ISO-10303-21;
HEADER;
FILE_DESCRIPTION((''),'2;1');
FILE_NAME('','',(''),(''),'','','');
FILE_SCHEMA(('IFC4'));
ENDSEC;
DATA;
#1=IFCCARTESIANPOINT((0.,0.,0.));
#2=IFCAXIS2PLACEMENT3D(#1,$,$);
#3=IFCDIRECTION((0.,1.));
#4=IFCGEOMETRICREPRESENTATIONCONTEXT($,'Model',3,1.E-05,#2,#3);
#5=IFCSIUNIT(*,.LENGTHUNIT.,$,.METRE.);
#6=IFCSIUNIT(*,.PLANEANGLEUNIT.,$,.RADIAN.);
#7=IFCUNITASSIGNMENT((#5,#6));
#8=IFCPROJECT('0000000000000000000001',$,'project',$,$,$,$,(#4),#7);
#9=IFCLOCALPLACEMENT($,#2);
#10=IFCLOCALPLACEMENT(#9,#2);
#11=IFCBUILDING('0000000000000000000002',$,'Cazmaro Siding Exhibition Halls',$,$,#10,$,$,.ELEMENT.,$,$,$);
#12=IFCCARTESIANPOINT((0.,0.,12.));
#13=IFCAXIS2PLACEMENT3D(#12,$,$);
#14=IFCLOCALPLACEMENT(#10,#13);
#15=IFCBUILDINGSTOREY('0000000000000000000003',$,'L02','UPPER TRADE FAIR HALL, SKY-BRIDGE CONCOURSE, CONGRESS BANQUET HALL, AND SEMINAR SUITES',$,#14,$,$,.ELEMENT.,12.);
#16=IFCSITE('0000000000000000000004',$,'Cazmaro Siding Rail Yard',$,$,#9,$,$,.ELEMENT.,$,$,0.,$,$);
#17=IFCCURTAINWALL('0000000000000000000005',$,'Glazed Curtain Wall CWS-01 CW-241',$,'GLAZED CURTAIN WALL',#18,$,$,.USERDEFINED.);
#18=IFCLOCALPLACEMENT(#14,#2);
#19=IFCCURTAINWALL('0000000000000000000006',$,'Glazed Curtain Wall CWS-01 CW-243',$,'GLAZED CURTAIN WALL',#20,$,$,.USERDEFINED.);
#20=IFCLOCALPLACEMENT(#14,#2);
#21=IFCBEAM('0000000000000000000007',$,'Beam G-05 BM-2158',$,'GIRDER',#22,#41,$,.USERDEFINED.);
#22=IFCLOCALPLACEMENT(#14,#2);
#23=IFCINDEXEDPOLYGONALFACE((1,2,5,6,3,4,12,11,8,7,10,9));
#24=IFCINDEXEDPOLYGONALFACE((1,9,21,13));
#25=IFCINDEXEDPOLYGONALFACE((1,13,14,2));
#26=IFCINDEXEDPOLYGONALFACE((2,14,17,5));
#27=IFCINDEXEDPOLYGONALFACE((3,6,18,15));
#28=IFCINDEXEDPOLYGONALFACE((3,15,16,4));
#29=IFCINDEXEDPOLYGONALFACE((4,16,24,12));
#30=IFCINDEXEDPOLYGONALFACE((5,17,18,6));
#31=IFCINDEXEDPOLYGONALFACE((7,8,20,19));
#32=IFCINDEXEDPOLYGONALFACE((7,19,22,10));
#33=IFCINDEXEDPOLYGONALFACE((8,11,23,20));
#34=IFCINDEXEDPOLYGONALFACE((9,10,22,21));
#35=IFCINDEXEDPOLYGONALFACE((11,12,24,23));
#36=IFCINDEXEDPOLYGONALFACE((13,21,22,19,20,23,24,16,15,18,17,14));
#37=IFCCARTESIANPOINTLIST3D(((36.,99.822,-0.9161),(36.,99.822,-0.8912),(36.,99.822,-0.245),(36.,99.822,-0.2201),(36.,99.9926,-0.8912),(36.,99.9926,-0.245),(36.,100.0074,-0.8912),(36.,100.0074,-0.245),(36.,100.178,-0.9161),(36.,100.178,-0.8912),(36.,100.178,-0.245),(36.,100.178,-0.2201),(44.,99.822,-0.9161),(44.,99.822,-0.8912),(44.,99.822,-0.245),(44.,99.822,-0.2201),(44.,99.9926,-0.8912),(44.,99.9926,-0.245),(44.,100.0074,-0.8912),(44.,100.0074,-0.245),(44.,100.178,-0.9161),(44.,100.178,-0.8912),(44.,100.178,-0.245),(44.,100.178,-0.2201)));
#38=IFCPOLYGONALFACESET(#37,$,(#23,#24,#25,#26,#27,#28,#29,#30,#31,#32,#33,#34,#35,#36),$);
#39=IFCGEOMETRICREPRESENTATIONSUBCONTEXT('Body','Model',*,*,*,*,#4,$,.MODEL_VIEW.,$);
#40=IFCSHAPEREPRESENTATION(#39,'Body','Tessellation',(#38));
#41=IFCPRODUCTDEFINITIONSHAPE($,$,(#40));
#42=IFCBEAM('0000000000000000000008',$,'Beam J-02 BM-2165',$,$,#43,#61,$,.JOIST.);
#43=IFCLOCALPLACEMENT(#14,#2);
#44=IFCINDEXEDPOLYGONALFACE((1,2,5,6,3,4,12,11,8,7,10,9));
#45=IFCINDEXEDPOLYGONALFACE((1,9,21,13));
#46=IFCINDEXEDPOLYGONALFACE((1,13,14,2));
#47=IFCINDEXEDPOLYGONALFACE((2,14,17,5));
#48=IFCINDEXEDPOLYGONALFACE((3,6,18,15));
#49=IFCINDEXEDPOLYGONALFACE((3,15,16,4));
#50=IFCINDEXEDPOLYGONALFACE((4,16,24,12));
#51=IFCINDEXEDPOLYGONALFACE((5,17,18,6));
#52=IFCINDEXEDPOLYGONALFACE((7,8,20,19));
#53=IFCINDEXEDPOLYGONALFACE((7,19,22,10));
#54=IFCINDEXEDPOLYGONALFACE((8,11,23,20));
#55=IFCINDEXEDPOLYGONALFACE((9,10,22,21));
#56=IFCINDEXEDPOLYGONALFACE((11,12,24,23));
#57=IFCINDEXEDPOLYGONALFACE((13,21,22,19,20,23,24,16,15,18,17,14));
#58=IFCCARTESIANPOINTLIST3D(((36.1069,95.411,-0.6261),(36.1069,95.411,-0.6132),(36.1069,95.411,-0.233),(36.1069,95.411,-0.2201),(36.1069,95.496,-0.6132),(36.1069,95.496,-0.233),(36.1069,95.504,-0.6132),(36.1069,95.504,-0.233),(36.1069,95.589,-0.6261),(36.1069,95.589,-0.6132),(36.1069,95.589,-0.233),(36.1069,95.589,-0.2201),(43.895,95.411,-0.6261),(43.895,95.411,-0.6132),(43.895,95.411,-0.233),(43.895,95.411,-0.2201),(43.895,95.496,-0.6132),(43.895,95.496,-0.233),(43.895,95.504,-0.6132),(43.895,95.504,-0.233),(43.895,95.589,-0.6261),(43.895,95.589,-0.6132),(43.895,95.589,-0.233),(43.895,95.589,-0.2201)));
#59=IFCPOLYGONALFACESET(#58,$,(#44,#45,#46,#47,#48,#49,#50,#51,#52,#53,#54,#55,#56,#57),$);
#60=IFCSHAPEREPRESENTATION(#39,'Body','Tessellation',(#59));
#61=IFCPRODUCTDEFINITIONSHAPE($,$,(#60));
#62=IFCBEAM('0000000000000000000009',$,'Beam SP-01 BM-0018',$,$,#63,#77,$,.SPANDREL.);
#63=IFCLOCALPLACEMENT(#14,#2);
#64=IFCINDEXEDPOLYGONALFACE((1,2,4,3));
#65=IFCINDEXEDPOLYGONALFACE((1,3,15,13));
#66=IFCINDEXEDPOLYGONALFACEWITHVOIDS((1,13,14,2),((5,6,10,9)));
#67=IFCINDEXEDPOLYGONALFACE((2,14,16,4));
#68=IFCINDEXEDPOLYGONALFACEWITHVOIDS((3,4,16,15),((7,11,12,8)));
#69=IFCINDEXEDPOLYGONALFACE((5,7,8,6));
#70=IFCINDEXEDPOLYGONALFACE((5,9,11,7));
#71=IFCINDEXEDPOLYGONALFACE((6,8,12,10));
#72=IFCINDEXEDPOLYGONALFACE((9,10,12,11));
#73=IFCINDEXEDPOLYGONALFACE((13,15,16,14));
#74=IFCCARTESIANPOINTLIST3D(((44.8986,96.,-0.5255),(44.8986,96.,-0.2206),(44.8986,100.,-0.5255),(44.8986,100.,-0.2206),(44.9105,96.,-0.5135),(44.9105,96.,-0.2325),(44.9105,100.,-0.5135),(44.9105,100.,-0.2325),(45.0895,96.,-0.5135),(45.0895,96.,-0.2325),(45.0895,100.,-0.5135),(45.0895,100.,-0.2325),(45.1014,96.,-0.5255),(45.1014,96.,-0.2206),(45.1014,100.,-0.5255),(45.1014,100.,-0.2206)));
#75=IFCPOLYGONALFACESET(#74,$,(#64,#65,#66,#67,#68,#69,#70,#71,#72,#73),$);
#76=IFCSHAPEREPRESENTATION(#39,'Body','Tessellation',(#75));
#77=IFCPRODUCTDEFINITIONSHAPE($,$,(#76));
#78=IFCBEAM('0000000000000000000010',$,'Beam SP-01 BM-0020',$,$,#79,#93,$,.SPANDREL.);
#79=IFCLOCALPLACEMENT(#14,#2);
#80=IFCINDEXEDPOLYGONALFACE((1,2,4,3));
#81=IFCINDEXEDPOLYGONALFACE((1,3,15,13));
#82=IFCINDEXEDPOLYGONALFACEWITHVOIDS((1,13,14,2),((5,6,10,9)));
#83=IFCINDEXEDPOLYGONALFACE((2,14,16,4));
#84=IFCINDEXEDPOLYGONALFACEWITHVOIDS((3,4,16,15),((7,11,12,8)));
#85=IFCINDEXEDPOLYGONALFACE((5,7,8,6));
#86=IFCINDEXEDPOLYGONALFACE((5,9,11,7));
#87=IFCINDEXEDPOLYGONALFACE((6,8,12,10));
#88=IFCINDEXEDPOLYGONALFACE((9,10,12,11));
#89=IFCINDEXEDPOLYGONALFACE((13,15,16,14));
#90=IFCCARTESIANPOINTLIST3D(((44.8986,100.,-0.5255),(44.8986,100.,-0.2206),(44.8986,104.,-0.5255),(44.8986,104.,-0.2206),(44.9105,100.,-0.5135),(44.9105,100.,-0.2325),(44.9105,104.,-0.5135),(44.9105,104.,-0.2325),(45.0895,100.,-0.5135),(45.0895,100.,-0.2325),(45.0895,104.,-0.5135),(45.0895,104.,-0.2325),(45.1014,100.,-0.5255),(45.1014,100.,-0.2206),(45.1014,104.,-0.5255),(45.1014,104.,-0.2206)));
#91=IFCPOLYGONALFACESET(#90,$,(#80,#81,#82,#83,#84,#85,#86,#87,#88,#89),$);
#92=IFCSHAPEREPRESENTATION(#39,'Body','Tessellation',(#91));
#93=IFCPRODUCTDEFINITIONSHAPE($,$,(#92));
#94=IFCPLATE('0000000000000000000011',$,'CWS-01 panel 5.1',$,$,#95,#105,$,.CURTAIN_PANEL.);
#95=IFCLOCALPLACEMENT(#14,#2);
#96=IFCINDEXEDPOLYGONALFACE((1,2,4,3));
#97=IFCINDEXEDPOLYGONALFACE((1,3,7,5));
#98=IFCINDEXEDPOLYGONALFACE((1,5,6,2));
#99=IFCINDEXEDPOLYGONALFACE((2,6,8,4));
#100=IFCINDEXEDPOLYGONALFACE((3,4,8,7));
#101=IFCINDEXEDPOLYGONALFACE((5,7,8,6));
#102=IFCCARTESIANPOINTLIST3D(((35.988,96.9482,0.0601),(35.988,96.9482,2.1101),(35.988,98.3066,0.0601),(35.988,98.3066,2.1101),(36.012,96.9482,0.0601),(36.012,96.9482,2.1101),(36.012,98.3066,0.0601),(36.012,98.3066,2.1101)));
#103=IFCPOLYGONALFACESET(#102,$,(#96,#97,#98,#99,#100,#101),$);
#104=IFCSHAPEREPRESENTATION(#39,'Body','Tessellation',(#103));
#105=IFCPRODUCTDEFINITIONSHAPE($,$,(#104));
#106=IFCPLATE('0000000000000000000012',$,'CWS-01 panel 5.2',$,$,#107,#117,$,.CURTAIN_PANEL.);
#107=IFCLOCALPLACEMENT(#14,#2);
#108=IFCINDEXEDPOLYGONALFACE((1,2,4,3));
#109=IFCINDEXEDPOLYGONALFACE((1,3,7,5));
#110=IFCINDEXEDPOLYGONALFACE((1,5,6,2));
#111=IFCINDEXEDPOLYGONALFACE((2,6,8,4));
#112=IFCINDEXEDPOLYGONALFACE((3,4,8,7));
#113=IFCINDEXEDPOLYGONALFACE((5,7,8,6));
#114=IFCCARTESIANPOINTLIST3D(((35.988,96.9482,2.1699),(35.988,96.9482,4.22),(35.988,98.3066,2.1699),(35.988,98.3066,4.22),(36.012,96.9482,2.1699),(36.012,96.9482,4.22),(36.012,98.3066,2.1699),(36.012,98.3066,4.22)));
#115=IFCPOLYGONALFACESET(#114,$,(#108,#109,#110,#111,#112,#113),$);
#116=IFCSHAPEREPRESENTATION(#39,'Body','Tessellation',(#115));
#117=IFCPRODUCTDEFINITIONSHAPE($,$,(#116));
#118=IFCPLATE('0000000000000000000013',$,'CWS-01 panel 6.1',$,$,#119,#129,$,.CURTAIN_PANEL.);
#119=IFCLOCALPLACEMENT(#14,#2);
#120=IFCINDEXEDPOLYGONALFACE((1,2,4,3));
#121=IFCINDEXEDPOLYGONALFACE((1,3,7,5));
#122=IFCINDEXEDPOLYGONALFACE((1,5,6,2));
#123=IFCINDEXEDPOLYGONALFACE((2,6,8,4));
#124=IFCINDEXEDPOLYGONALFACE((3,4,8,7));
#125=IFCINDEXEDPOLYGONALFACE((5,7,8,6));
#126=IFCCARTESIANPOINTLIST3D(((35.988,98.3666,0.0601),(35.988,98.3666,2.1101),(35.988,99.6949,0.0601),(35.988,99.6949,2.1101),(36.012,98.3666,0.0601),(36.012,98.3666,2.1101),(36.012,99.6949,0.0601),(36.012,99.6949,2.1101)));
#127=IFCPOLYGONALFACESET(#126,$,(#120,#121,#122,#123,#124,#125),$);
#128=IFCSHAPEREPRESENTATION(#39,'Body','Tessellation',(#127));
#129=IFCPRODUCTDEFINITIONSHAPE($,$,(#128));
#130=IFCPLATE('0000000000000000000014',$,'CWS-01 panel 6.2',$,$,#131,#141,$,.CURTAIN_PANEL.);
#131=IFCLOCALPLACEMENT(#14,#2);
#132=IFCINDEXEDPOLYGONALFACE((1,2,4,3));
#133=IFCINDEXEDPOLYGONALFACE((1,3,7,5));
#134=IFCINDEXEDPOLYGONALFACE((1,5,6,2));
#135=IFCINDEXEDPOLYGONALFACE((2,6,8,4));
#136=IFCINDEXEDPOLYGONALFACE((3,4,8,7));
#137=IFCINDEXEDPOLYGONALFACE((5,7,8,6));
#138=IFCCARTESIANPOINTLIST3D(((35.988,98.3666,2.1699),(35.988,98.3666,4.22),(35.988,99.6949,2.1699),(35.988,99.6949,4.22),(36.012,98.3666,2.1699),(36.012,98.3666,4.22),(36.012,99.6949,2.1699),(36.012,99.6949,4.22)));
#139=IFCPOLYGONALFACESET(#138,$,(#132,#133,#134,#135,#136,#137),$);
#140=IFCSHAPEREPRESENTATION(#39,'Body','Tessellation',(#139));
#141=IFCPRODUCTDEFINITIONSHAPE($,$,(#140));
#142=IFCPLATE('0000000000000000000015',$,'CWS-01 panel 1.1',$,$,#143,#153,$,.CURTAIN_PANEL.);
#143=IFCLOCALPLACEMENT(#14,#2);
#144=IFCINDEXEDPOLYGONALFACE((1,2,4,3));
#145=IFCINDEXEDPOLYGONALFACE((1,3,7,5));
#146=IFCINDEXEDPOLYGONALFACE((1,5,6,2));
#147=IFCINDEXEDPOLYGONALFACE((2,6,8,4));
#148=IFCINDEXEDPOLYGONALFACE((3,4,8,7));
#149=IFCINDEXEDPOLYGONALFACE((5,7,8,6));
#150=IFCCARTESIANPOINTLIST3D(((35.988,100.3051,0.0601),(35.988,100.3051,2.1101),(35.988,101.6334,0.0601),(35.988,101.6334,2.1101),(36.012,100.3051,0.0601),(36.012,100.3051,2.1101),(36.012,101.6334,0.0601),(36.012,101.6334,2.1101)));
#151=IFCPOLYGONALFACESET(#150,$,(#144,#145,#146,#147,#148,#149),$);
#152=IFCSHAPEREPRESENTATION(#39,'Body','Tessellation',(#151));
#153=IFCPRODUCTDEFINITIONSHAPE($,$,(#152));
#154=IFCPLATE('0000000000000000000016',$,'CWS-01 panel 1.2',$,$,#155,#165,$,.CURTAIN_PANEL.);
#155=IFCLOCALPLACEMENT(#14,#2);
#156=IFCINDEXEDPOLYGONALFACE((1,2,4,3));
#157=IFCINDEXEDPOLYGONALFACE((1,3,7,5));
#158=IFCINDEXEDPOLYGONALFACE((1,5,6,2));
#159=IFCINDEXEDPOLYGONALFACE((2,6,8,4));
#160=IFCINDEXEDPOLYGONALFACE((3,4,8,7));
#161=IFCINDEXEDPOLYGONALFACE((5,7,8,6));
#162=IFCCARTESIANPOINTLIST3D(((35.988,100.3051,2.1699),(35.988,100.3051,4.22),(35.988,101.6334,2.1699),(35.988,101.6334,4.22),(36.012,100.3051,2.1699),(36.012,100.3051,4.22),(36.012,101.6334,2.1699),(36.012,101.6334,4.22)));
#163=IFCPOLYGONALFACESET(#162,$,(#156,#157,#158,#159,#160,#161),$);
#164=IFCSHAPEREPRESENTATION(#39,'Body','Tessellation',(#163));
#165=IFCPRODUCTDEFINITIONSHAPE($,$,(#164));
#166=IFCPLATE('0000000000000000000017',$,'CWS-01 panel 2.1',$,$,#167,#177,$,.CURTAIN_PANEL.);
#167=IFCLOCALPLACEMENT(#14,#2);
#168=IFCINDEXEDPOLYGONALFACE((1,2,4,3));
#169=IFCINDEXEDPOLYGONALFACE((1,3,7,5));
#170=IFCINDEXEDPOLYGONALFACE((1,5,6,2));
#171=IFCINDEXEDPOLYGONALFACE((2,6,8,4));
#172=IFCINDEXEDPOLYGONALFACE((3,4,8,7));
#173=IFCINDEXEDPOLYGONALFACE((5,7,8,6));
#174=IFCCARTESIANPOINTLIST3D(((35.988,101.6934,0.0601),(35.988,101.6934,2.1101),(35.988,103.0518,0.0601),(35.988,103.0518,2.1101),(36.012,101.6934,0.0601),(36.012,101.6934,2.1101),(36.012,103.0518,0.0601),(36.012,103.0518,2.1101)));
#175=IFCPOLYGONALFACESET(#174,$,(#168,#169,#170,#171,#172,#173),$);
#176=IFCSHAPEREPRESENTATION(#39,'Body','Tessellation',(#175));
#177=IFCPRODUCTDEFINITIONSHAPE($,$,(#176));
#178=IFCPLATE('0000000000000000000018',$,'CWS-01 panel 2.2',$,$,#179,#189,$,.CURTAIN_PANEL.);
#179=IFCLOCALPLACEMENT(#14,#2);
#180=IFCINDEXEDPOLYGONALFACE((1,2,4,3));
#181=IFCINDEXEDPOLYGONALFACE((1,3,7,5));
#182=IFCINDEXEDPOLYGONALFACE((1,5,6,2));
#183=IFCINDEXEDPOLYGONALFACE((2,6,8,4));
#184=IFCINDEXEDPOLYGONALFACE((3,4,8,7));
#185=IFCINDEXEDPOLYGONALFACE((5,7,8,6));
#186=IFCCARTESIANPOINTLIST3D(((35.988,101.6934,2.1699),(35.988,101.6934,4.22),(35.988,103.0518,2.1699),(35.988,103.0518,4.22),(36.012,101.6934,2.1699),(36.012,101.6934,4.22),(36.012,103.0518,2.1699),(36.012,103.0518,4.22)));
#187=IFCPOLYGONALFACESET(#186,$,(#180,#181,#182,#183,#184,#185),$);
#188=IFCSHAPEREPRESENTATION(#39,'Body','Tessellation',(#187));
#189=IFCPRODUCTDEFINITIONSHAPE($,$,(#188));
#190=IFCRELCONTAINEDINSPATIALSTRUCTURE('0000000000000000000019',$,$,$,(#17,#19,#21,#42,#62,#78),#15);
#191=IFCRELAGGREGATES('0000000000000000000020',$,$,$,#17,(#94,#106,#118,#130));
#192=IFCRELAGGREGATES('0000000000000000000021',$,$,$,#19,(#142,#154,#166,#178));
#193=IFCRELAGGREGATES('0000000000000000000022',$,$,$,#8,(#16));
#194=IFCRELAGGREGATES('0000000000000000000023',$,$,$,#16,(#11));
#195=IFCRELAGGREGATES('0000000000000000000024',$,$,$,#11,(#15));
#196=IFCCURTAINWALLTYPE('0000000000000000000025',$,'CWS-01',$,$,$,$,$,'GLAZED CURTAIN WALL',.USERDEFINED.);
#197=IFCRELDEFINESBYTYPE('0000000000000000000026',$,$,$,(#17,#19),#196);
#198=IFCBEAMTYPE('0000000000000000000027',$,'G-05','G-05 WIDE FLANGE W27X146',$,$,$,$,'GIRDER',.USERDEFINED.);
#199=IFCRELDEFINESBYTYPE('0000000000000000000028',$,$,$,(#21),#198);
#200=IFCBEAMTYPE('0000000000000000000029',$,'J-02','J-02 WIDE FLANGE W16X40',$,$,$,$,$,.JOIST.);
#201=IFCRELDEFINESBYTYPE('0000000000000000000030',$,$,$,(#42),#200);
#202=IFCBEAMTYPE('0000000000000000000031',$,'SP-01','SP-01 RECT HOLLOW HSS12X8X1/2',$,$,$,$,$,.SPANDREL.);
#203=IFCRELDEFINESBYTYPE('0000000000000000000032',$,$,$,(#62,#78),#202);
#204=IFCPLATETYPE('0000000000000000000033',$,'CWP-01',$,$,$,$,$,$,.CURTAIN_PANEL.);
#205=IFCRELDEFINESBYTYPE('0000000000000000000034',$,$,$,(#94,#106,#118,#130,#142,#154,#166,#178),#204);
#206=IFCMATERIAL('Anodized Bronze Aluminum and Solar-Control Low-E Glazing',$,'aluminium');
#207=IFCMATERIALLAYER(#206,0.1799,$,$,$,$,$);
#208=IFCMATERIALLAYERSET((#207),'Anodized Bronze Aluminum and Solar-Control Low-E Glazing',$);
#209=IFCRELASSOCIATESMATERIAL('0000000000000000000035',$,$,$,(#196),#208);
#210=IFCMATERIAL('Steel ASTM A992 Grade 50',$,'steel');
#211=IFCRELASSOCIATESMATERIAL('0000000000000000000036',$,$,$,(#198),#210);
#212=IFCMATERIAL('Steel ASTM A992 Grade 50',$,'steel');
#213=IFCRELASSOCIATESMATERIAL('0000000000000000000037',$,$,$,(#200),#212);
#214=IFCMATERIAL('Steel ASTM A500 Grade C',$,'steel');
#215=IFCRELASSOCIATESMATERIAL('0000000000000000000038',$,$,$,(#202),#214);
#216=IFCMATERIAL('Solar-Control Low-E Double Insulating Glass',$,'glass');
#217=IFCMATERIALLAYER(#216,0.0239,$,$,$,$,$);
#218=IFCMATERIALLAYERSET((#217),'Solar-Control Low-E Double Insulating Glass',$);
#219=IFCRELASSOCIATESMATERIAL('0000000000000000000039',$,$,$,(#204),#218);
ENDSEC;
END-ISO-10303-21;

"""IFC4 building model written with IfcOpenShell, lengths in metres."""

from ifc_helpers import new_model, si_unit, direction, frame, origin, origin_2d, place, context, subcontext, project, spatial, rectangle, hollow_rectangle, i_section, extrude, material, layer, layer_set, material_profile, profile_set, type_object, element, aggregate, save


model = new_model("IFC4")

# Units and contexts
model_context = context("Model", 3, precision=1e-05, world=origin(), true_north=direction((0.0, 1.0)))
body_context = subcontext(model_context, "Body", "Model", "MODEL_VIEW")
ifc_project = project(units=[si_unit("LENGTHUNIT", "METRE"), si_unit("PLANEANGLEUNIT", "RADIAN")], contexts=[model_context])

# Site, building, storey
site_placement = place(None, origin())
site = spatial("IfcSite", under=ifc_project, at=site_placement, Name="Cazmaro Siding Rail Yard", CompositionType="ELEMENT", RefElevation=0.0)
building_placement = place(site_placement, origin())
building = spatial("IfcBuilding", under=site, at=building_placement, Name="Cazmaro Siding Exhibition Halls", CompositionType="ELEMENT")
storey_placement = place(building_placement, frame((0.0, 0.0, 12.0)))
storey = spatial("IfcBuildingStorey", under=building, at=storey_placement, Name="L02", Description="UPPER TRADE FAIR HALL, SKY-BRIDGE CONCOURSE, CONGRESS BANQUET HALL, AND SEMINAR SUITES", CompositionType="ELEMENT", Elevation=12.0)

# Curtain walls
ifc_material_1 = material(Name="Anodized Bronze Aluminum and Solar-Control Low-E Glazing", Category="aluminium")
ifc_layer_1 = layer(ifc_material_1, 0.1799)
ifc_layer_set_1 = layer_set([ifc_layer_1], Name="Anodized Bronze Aluminum and Solar-Control Low-E Glazing")
curtain_wall_type = type_object("IfcCurtainWallType", Name="CWS-01", ElementType="GLAZED CURTAIN WALL", PredefinedType="USERDEFINED", material=ifc_layer_set_1)
curtain_wall_1_placement = place(storey_placement, origin())
curtain_wall_1 = element("IfcCurtainWall", 1, at=curtain_wall_1_placement, inside=storey, type_object=curtain_wall_type, Name="Glazed Curtain Wall CWS-01 CW-241", ObjectType="GLAZED CURTAIN WALL", PredefinedType="USERDEFINED")
curtain_wall_2_placement = place(storey_placement, origin())
curtain_wall_2 = element("IfcCurtainWall", 2, at=curtain_wall_2_placement, inside=storey, type_object=curtain_wall_type, Name="Glazed Curtain Wall CWS-01 CW-243", ObjectType="GLAZED CURTAIN WALL", PredefinedType="USERDEFINED")

# Beams
ifc_material_2 = material(Name="Steel ASTM A992 Grade 50", Category="steel")
ifc_material_profile_1 = material_profile(ifc_material_2, i_section(OverallWidth=0.356, OverallDepth=0.696, WebThickness=0.0149, FlangeThickness=0.0249, at=origin_2d()), Name="W27X146")
ifc_profile_set_1 = profile_set([ifc_material_profile_1], Name="Steel ASTM A992 Grade 50")
beam_type_1 = type_object("IfcBeamType", Name="G-05", Description="G-05 WIDE FLANGE W27X146", ElementType="GIRDER", PredefinedType="USERDEFINED", material=ifc_profile_set_1)
beam_1_placement = place(storey_placement, frame((36.0, 100.0, -0.5681), z_axis=(1.0, 0.0, 0.0), x_axis=(0.0, 1.0, 0.0)))
element("IfcBeam", 3, at=beam_1_placement, inside=storey, type_object=beam_type_1, Name="Beam G-05 BM-2158", ObjectType="GIRDER", PredefinedType="USERDEFINED", context=body_context, shape_type="SweptSolid", body=[
    extrude(i_section(OverallWidth=0.356, OverallDepth=0.696, WebThickness=0.0149, FlangeThickness=0.0249, at=origin_2d()), origin(), (0.0, 0.0, 1.0), 8.0),
])
ifc_material_3 = material(Name="Steel ASTM A992 Grade 50", Category="steel")
ifc_material_profile_2 = material_profile(ifc_material_3, i_section(OverallWidth=0.178, OverallDepth=0.406, WebThickness=0.0081, FlangeThickness=0.0129, at=origin_2d()), Name="W16X40")
ifc_profile_set_2 = profile_set([ifc_material_profile_2], Name="Steel ASTM A992 Grade 50")
beam_type_2 = type_object("IfcBeamType", Name="J-02", Description="J-02 WIDE FLANGE W16X40", PredefinedType="JOIST", material=ifc_profile_set_2)
beam_2_placement = place(storey_placement, frame((36.1069, 95.5, -0.4231), z_axis=(1.0, 0.0, 0.0), x_axis=(0.0, 1.0, 0.0)))
element("IfcBeam", 4, at=beam_2_placement, inside=storey, type_object=beam_type_2, Name="Beam J-02 BM-2165", PredefinedType="JOIST", context=body_context, shape_type="SweptSolid", body=[
    extrude(i_section(OverallWidth=0.178, OverallDepth=0.406, WebThickness=0.0081, FlangeThickness=0.0129, at=origin_2d()), origin(), (0.0, 0.0, 1.0), 7.7881),
])
ifc_material_4 = material(Name="Steel ASTM A500 Grade C", Category="steel")
ifc_material_profile_3 = material_profile(ifc_material_4, hollow_rectangle(XDim=0.2029, YDim=0.3049, WallThickness=0.012, at=origin_2d()), Name="HSS12X8X1/2")
ifc_profile_set_3 = profile_set([ifc_material_profile_3], Name="Steel ASTM A500 Grade C")
beam_type_3 = type_object("IfcBeamType", Name="SP-01", Description="SP-01 RECT HOLLOW HSS12X8X1/2", PredefinedType="SPANDREL", material=ifc_profile_set_3)
for number, where, z_axis, x_axis, name in (
    (5, (45.0, 96.0, -0.373), (0.0, 1.0, 0.0), (-1.0, 0.0, 0.0), "Beam SP-01 BM-0018"),
    (6, (45.0, 100.0, -0.373), (0.0, 1.0, 0.0), (-1.0, 0.0, 0.0), "Beam SP-01 BM-0020"),
):
    element("IfcBeam", number, at=place(storey_placement, frame(where, z_axis=z_axis, x_axis=x_axis)), inside=storey, type_object=beam_type_3, Name=name, PredefinedType="SPANDREL", context=body_context, shape_type="SweptSolid", body=[
        extrude(hollow_rectangle(XDim=0.2029, YDim=0.3049, WallThickness=0.012, at=origin_2d()), origin(), (0.0, 0.0, 1.0), 4.0),
    ])

# Plates
ifc_material_5 = material(Name="Solar-Control Low-E Double Insulating Glass", Category="glass")
ifc_layer_2 = layer(ifc_material_5, 0.0239)
ifc_layer_set_2 = layer_set([ifc_layer_2], Name="Solar-Control Low-E Double Insulating Glass")
plate_type = type_object("IfcPlateType", Name="CWP-01", PredefinedType="CURTAIN_PANEL", material=ifc_layer_set_2)
plate_1_placement = place(storey_placement, frame((36.0, 97.6274, 0.0601), z_axis=(0.0, 0.0, 1.0), x_axis=(0.0, 1.0, 0.0)))
plate_1 = element("IfcPlate", 7, at=plate_1_placement, type_object=plate_type, Name="CWS-01 panel 5.1", PredefinedType="CURTAIN_PANEL", context=body_context, shape_type="SweptSolid", body=[
    extrude(rectangle(XDim=1.3584, YDim=0.0239, at=origin_2d()), origin(), (0.0, 0.0, 1.0), 2.05),
])
plate_2_placement = place(storey_placement, frame((36.0, 97.6274, 2.1699), z_axis=(0.0, 0.0, 1.0), x_axis=(0.0, 1.0, 0.0)))
plate_2 = element("IfcPlate", 8, at=plate_2_placement, type_object=plate_type, Name="CWS-01 panel 5.2", PredefinedType="CURTAIN_PANEL", context=body_context, shape_type="SweptSolid", body=[
    extrude(rectangle(XDim=1.3584, YDim=0.0239, at=origin_2d()), origin(), (0.0, 0.0, 1.0), 2.05),
])
plate_3_placement = place(storey_placement, frame((36.0, 99.0308, 0.0601), z_axis=(0.0, 0.0, 1.0), x_axis=(0.0, 1.0, 0.0)))
plate_3 = element("IfcPlate", 9, at=plate_3_placement, type_object=plate_type, Name="CWS-01 panel 6.1", PredefinedType="CURTAIN_PANEL", context=body_context, shape_type="SweptSolid", body=[
    extrude(rectangle(XDim=1.3284, YDim=0.0239, at=origin_2d()), origin(), (0.0, 0.0, 1.0), 2.05),
])
plate_4_placement = place(storey_placement, frame((36.0, 99.0308, 2.1699), z_axis=(0.0, 0.0, 1.0), x_axis=(0.0, 1.0, 0.0)))
plate_4 = element("IfcPlate", 10, at=plate_4_placement, type_object=plate_type, Name="CWS-01 panel 6.2", PredefinedType="CURTAIN_PANEL", context=body_context, shape_type="SweptSolid", body=[
    extrude(rectangle(XDim=1.3284, YDim=0.0239, at=origin_2d()), origin(), (0.0, 0.0, 1.0), 2.05),
])
aggregate(curtain_wall_1, [plate_1, plate_2, plate_3, plate_4])
plate_5_placement = place(storey_placement, frame((36.0, 100.9692, 0.0601), z_axis=(0.0, 0.0, 1.0), x_axis=(0.0, 1.0, 0.0)))
plate_5 = element("IfcPlate", 11, at=plate_5_placement, type_object=plate_type, Name="CWS-01 panel 1.1", PredefinedType="CURTAIN_PANEL", context=body_context, shape_type="SweptSolid", body=[
    extrude(rectangle(XDim=1.3284, YDim=0.0239, at=origin_2d()), origin(), (0.0, 0.0, 1.0), 2.05),
])
plate_6_placement = place(storey_placement, frame((36.0, 100.9692, 2.1699), z_axis=(0.0, 0.0, 1.0), x_axis=(0.0, 1.0, 0.0)))
plate_6 = element("IfcPlate", 12, at=plate_6_placement, type_object=plate_type, Name="CWS-01 panel 1.2", PredefinedType="CURTAIN_PANEL", context=body_context, shape_type="SweptSolid", body=[
    extrude(rectangle(XDim=1.3284, YDim=0.0239, at=origin_2d()), origin(), (0.0, 0.0, 1.0), 2.05),
])
plate_7_placement = place(storey_placement, frame((36.0, 102.3726, 0.0601), z_axis=(0.0, 0.0, 1.0), x_axis=(0.0, 1.0, 0.0)))
plate_7 = element("IfcPlate", 13, at=plate_7_placement, type_object=plate_type, Name="CWS-01 panel 2.1", PredefinedType="CURTAIN_PANEL", context=body_context, shape_type="SweptSolid", body=[
    extrude(rectangle(XDim=1.3584, YDim=0.0239, at=origin_2d()), origin(), (0.0, 0.0, 1.0), 2.05),
])
plate_8_placement = place(storey_placement, frame((36.0, 102.3726, 2.1699), z_axis=(0.0, 0.0, 1.0), x_axis=(0.0, 1.0, 0.0)))
plate_8 = element("IfcPlate", 14, at=plate_8_placement, type_object=plate_type, Name="CWS-01 panel 2.2", PredefinedType="CURTAIN_PANEL", context=body_context, shape_type="SweptSolid", body=[
    extrude(rectangle(XDim=1.3584, YDim=0.0239, at=origin_2d()), origin(), (0.0, 0.0, 1.0), 2.05),
])
aggregate(curtain_wall_2, [plate_5, plate_6, plate_7, plate_8])

save(model, "model.ifc")
